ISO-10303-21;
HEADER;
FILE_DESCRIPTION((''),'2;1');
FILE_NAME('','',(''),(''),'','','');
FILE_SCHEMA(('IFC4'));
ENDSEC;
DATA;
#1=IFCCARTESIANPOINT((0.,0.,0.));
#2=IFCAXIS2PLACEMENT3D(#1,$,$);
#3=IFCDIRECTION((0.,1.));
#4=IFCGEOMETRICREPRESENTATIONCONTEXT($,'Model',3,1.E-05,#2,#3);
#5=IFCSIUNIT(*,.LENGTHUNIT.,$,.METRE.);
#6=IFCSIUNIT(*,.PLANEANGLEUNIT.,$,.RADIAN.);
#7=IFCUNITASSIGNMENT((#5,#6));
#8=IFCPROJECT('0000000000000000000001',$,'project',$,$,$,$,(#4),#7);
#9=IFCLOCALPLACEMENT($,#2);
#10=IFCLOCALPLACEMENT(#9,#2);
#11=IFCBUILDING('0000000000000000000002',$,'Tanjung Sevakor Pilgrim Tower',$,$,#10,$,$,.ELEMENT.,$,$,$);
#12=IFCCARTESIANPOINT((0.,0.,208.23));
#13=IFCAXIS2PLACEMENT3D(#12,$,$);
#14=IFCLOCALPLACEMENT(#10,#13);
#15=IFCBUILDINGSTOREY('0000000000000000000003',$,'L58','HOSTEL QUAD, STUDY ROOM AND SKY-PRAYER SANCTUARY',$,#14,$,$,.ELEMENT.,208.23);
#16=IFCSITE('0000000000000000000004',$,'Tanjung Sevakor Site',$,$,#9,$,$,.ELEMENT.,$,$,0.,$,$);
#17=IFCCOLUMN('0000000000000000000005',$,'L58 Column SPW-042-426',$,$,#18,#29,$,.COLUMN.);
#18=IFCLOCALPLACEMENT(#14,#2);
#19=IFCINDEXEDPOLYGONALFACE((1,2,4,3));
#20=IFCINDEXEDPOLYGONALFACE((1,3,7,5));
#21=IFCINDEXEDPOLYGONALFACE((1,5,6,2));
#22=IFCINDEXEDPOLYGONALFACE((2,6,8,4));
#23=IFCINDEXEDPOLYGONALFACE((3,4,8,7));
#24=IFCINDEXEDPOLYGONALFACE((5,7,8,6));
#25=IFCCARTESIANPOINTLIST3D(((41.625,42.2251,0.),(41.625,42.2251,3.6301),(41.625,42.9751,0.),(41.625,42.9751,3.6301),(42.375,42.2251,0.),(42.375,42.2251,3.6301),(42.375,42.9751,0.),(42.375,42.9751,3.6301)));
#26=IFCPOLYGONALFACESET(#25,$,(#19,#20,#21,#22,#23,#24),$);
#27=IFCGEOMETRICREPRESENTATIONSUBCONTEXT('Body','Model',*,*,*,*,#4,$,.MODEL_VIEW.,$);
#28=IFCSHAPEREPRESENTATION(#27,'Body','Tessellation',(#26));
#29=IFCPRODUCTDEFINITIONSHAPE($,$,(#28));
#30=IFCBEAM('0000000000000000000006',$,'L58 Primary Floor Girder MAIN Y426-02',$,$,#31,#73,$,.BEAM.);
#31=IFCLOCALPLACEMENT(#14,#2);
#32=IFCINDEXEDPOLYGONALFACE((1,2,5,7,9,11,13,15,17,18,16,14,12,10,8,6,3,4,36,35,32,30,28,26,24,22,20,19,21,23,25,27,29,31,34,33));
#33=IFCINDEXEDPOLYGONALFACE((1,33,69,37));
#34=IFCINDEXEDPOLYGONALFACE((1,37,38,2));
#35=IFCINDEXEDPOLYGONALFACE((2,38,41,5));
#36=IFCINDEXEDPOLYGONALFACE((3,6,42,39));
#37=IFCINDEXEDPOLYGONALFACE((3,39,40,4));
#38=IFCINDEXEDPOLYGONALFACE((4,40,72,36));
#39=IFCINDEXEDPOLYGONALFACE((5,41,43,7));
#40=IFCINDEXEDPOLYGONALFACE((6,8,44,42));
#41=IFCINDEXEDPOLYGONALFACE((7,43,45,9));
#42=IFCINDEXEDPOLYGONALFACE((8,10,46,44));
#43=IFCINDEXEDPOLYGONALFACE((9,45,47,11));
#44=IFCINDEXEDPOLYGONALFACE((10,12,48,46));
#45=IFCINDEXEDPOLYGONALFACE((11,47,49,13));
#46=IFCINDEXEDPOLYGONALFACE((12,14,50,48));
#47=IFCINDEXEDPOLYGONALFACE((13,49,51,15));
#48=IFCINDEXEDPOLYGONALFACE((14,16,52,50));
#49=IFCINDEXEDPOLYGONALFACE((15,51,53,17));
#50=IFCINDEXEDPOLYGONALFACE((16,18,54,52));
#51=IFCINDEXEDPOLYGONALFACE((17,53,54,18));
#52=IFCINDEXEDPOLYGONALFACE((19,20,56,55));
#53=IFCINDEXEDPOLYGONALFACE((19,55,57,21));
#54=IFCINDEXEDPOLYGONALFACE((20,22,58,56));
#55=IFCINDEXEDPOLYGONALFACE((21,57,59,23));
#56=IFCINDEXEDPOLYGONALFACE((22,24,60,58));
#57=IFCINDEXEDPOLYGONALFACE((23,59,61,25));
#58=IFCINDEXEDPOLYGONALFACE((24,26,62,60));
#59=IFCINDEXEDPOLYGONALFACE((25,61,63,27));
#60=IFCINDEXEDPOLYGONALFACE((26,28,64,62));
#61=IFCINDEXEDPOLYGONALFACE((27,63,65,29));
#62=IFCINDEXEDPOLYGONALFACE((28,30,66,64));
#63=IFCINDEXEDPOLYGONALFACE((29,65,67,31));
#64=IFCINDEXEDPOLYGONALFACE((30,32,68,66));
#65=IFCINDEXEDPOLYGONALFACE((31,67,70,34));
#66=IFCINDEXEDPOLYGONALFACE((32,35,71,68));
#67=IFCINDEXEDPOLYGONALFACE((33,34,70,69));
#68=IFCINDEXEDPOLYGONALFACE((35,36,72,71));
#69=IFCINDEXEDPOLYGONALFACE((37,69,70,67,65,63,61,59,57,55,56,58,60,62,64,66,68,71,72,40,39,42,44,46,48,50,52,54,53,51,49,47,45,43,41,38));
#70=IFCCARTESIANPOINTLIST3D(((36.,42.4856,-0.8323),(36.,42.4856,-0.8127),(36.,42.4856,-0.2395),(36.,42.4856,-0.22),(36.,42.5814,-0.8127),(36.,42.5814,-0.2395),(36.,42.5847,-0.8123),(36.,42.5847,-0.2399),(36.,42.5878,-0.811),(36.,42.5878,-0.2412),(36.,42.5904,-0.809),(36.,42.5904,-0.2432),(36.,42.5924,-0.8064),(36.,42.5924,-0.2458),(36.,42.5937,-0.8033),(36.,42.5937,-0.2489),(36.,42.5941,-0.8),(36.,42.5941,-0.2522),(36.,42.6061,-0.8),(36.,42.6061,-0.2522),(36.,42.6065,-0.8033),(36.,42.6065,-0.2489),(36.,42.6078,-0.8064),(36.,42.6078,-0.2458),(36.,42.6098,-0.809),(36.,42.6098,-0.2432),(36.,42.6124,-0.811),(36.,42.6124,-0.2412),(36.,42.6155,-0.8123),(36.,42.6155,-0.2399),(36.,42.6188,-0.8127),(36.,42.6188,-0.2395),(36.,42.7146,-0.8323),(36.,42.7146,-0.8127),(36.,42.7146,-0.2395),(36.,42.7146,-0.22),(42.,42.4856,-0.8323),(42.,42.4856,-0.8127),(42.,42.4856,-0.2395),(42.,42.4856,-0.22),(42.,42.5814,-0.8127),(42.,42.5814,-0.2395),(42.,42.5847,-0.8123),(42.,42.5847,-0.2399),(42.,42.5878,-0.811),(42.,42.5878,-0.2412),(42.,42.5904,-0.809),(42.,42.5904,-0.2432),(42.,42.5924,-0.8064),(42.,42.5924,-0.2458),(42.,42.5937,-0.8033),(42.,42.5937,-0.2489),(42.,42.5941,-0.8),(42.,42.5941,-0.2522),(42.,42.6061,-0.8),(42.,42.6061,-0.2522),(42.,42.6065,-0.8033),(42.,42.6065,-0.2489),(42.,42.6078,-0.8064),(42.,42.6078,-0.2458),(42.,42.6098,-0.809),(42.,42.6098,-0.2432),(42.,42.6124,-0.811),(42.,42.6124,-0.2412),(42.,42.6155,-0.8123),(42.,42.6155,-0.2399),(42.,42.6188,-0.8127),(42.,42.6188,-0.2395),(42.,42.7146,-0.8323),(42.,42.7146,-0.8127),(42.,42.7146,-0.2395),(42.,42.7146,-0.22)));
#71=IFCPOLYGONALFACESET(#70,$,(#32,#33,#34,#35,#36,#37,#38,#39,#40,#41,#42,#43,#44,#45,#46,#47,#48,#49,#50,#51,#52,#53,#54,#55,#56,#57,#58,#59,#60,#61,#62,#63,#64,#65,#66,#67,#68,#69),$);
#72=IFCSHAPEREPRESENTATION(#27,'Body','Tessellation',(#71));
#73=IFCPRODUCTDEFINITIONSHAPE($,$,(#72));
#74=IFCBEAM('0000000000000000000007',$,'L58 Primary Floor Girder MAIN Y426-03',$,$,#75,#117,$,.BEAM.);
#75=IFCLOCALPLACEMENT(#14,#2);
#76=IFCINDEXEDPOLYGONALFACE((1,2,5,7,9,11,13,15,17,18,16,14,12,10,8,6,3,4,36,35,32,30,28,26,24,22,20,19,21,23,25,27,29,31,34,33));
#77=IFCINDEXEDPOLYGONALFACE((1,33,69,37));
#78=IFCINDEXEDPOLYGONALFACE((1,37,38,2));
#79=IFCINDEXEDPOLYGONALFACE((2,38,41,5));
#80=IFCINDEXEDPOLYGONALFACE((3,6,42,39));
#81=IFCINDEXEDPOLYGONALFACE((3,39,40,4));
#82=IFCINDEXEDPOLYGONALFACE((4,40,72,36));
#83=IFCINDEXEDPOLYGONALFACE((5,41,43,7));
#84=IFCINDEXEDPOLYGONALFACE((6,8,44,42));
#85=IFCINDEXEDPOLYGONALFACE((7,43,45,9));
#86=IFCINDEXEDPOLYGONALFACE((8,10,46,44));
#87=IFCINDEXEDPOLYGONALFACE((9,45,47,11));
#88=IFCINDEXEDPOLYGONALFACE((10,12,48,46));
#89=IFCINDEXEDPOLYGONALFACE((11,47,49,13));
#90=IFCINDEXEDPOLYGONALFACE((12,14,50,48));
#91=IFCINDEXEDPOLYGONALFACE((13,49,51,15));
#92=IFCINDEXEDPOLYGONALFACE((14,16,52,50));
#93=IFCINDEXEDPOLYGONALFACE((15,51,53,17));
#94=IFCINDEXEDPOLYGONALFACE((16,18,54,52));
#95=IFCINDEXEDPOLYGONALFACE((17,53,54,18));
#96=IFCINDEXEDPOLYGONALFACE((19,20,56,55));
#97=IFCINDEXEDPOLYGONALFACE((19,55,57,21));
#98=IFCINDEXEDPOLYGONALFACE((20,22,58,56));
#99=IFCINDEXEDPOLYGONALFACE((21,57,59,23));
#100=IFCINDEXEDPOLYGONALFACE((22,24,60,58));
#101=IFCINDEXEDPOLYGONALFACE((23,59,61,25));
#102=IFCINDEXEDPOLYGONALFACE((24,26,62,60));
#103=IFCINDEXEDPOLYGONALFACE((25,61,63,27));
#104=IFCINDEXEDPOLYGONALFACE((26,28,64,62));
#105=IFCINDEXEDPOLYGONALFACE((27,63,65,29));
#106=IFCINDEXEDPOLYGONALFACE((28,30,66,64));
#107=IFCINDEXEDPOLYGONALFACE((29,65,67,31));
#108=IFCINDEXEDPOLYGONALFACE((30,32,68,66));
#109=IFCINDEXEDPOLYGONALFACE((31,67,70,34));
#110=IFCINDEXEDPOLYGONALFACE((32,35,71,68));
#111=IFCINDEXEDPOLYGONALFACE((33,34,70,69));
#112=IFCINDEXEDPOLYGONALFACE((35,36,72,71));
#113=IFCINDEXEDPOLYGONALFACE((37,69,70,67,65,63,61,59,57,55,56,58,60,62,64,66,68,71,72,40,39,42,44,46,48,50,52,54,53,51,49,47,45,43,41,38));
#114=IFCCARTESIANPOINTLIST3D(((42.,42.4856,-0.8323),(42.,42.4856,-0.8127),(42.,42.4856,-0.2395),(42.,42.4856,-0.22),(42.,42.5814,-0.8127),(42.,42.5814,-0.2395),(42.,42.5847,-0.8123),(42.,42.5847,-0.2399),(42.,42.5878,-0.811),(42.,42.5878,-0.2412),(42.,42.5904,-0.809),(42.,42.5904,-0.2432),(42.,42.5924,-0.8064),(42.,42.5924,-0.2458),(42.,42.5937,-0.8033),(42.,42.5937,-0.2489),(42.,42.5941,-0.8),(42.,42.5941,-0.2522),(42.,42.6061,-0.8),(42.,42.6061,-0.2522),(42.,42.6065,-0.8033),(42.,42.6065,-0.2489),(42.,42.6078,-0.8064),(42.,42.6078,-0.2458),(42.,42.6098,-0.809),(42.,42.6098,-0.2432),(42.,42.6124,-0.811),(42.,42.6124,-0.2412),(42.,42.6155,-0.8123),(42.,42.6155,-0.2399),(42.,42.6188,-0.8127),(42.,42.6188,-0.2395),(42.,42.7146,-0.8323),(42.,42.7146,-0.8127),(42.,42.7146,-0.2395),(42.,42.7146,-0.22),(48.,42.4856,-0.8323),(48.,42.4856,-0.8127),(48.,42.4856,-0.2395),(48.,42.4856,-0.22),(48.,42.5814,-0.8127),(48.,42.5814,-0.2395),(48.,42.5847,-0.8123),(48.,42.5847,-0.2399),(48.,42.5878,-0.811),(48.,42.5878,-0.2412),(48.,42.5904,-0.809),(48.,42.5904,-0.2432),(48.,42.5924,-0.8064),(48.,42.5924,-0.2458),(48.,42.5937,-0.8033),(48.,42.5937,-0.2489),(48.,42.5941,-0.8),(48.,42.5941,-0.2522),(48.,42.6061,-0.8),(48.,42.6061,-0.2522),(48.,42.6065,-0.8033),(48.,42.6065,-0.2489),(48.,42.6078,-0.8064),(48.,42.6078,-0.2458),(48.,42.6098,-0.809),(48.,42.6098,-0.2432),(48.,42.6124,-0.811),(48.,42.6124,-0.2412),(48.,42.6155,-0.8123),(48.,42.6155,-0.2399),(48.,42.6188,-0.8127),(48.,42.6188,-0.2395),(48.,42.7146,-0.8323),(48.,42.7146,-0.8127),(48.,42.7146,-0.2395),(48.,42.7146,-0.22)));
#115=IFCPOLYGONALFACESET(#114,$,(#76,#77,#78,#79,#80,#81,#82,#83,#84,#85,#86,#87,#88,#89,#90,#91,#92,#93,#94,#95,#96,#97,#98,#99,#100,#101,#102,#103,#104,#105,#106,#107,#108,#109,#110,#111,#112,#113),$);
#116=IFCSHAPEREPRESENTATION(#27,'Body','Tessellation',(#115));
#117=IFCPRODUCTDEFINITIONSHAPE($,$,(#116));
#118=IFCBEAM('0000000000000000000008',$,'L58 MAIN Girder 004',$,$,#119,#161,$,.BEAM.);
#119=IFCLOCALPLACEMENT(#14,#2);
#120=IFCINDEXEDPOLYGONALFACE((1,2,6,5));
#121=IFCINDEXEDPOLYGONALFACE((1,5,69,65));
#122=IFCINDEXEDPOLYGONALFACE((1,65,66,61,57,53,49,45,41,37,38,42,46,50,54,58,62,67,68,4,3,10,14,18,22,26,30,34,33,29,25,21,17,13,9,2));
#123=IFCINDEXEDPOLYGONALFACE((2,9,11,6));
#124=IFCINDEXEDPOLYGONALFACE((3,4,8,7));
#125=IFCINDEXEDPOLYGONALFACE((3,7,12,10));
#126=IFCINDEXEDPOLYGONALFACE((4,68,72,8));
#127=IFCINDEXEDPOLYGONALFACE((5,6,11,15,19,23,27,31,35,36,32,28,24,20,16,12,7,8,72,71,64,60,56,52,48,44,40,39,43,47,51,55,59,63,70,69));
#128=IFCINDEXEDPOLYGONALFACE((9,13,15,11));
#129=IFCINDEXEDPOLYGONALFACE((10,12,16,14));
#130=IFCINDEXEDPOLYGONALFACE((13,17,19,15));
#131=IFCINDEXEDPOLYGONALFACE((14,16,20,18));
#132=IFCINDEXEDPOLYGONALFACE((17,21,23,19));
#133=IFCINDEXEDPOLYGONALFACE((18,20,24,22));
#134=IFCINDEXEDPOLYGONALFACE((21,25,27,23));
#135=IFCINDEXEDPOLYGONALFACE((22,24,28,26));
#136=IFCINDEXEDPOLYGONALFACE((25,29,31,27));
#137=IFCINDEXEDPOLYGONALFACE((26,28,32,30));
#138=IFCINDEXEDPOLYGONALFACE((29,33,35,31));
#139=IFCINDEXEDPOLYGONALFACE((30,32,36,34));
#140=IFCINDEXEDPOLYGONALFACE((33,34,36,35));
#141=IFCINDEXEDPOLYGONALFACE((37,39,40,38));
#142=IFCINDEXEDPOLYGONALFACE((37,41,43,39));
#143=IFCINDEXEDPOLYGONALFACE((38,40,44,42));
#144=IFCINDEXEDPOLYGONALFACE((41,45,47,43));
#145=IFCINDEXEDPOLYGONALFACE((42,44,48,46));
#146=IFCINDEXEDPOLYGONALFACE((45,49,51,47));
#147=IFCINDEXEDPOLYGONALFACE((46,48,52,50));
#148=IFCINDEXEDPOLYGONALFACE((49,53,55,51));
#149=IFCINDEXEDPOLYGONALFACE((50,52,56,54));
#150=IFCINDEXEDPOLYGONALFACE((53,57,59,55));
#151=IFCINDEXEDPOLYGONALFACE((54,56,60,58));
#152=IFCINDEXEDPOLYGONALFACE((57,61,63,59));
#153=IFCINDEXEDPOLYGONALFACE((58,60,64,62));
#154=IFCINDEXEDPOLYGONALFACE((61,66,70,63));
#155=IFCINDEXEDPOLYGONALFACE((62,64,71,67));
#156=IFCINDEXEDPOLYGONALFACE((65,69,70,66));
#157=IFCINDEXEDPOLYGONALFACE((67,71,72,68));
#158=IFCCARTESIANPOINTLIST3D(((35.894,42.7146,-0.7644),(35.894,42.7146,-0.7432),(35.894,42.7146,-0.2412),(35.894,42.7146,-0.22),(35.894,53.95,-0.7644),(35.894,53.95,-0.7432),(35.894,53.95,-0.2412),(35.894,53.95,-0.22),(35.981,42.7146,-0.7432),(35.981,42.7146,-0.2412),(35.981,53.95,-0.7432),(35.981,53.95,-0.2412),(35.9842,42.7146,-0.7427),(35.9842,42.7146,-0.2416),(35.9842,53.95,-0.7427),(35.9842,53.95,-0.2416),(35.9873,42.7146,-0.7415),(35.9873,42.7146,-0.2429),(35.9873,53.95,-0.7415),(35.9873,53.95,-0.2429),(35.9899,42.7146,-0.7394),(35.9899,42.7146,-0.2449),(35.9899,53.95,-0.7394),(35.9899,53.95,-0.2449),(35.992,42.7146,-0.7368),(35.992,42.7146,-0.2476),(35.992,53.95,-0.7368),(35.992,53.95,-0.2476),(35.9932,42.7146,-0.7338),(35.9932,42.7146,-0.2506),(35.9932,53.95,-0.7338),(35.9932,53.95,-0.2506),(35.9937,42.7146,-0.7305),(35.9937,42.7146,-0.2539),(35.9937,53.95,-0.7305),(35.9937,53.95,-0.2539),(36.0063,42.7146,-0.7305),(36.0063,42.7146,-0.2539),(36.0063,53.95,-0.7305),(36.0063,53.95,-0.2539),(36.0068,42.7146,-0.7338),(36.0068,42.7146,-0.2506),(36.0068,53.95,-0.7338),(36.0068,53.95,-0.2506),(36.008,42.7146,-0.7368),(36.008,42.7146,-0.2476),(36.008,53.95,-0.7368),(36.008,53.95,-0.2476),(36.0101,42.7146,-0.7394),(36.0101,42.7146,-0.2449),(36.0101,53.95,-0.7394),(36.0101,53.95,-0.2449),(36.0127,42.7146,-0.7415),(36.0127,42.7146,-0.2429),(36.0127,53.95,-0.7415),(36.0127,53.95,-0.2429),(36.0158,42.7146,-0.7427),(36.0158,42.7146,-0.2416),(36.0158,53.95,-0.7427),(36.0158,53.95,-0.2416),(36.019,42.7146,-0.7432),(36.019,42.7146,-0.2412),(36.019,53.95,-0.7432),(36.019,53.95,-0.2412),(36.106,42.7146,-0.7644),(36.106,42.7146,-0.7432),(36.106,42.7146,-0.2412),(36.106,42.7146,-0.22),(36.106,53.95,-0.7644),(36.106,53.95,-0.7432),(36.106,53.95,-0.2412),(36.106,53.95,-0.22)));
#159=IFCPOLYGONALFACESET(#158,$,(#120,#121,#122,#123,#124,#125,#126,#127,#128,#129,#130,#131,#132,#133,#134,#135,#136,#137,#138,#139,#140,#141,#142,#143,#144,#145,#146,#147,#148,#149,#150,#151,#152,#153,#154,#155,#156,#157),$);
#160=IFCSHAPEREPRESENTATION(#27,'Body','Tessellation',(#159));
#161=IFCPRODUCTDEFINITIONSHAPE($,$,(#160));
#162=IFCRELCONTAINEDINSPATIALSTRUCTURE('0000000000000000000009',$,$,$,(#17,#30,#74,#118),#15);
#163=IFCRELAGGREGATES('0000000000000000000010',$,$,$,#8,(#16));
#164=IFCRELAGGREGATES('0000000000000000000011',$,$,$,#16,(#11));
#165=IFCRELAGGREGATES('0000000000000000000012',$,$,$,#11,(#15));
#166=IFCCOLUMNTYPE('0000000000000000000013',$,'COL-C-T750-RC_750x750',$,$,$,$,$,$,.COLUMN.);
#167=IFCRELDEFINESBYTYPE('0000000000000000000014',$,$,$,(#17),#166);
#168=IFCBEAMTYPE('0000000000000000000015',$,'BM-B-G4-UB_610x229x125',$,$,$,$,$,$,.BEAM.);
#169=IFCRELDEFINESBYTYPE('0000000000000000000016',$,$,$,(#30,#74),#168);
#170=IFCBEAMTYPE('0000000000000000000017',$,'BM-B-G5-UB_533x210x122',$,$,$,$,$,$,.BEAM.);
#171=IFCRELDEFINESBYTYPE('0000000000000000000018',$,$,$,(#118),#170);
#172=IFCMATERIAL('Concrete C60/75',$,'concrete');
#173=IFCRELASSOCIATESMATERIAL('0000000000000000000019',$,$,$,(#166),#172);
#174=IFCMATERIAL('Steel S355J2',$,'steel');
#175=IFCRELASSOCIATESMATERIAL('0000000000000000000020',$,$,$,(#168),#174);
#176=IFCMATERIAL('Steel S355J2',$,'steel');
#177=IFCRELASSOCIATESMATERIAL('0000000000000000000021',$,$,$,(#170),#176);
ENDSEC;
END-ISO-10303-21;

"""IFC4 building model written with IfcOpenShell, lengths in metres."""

from ifc_helpers import new_model, si_unit, direction, frame, origin, origin_2d, place, context, subcontext, project, spatial, rectangle, i_section, extrude, material, material_profile, profile_set, type_object, element, save


model = new_model("IFC4")

# Units and contexts
model_context = context("Model", 3, precision=1e-05, world=origin(), true_north=direction((0.0, 1.0)))
body_context = subcontext(model_context, "Body", "Model", "MODEL_VIEW")
ifc_project = project(units=[si_unit("LENGTHUNIT", "METRE"), si_unit("PLANEANGLEUNIT", "RADIAN")], contexts=[model_context])

# Site, building, storey
site_placement = place(None, origin())
site = spatial("IfcSite", under=ifc_project, at=site_placement, Name="Tanjung Sevakor Site", CompositionType="ELEMENT", RefElevation=0.0)
building_placement = place(site_placement, origin())
building = spatial("IfcBuilding", under=site, at=building_placement, Name="Tanjung Sevakor Pilgrim Tower", CompositionType="ELEMENT")
storey_placement = place(building_placement, frame((0.0, 0.0, 208.23)))
storey = spatial("IfcBuildingStorey", under=building, at=storey_placement, Name="L58", Description="HOSTEL QUAD, STUDY ROOM AND SKY-PRAYER SANCTUARY", CompositionType="ELEMENT", Elevation=208.23)

# Column
ifc_material_1 = material(Name="Concrete C60/75", Category="concrete")
ifc_material_profile_1 = material_profile(ifc_material_1, rectangle(XDim=0.75, YDim=0.75, at=origin_2d()))
ifc_profile_set_1 = profile_set([ifc_material_profile_1], Name="Concrete C60/75")
column_type = type_object("IfcColumnType", Name="COL-C-T750-RC_750x750", PredefinedType="COLUMN", material=ifc_profile_set_1)
column_placement = place(storey_placement, frame((42.0, 42.6001, 0.0), z_axis=(0.0, 0.0, 1.0), x_axis=(1.0, 0.0, 0.0)))
element("IfcColumn", 1, at=column_placement, inside=storey, type_object=column_type, Name="L58 Column SPW-042-426", PredefinedType="COLUMN", context=body_context, shape_type="SweptSolid", body=[
    extrude(rectangle(XDim=0.75, YDim=0.75, at=origin_2d()), origin(), (0.0, 0.0, 1.0), 3.6301),
])

# Beams
ifc_material_2 = material(Name="Steel S355J2", Category="steel")
ifc_material_profile_2 = material_profile(ifc_material_2, i_section(OverallWidth=0.229, OverallDepth=0.6123, WebThickness=0.012, FlangeThickness=0.0195, FilletRadius=0.0127, at=origin_2d()))
ifc_profile_set_2 = profile_set([ifc_material_profile_2], Name="Steel S355J2")
beam_type_1 = type_object("IfcBeamType", Name="BM-B-G4-UB_610x229x125", PredefinedType="BEAM", material=ifc_profile_set_2)
for number, where, z_axis, x_axis, name in (
    (2, (36.0, 42.6001, -0.5261), (1.0, 0.0, 0.0), (0.0, 1.0, 0.0), "L58 Primary Floor Girder MAIN Y426-02"),
    (3, (42.0, 42.6001, -0.5261), (1.0, 0.0, 0.0), (0.0, 1.0, 0.0), "L58 Primary Floor Girder MAIN Y426-03"),
):
    element("IfcBeam", number, at=place(storey_placement, frame(where, z_axis=z_axis, x_axis=x_axis)), inside=storey, type_object=beam_type_1, Name=name, PredefinedType="BEAM", context=body_context, shape_type="SweptSolid", body=[
        extrude(i_section(OverallWidth=0.229, OverallDepth=0.6123, WebThickness=0.012, FlangeThickness=0.0195, FilletRadius=0.0127, at=origin_2d()), origin(), (0.0, 0.0, 1.0), 6.0),
    ])
ifc_material_3 = material(Name="Steel S355J2", Category="steel")
ifc_material_profile_3 = material_profile(ifc_material_3, i_section(OverallWidth=0.2119, OverallDepth=0.5444, WebThickness=0.0127, FlangeThickness=0.0212, FilletRadius=0.0127, at=origin_2d()))
ifc_profile_set_3 = profile_set([ifc_material_profile_3], Name="Steel S355J2")
beam_type_2 = type_object("IfcBeamType", Name="BM-B-G5-UB_533x210x122", PredefinedType="BEAM", material=ifc_profile_set_3)
beam_1_placement = place(storey_placement, frame((36.0, 42.7146, -0.4922), z_axis=(0.0, 1.0, 0.0), x_axis=(-1.0, 0.0, 0.0)))
element("IfcBeam", 4, at=beam_1_placement, inside=storey, type_object=beam_type_2, Name="L58 MAIN Girder 004", PredefinedType="BEAM", context=body_context, shape_type="SweptSolid", body=[
    extrude(i_section(OverallWidth=0.2119, OverallDepth=0.5444, WebThickness=0.0127, FlangeThickness=0.0212, FilletRadius=0.0127, at=origin_2d()), origin(), (0.0, 0.0, 1.0), 11.2354),
])

save(model, "model.ifc")
